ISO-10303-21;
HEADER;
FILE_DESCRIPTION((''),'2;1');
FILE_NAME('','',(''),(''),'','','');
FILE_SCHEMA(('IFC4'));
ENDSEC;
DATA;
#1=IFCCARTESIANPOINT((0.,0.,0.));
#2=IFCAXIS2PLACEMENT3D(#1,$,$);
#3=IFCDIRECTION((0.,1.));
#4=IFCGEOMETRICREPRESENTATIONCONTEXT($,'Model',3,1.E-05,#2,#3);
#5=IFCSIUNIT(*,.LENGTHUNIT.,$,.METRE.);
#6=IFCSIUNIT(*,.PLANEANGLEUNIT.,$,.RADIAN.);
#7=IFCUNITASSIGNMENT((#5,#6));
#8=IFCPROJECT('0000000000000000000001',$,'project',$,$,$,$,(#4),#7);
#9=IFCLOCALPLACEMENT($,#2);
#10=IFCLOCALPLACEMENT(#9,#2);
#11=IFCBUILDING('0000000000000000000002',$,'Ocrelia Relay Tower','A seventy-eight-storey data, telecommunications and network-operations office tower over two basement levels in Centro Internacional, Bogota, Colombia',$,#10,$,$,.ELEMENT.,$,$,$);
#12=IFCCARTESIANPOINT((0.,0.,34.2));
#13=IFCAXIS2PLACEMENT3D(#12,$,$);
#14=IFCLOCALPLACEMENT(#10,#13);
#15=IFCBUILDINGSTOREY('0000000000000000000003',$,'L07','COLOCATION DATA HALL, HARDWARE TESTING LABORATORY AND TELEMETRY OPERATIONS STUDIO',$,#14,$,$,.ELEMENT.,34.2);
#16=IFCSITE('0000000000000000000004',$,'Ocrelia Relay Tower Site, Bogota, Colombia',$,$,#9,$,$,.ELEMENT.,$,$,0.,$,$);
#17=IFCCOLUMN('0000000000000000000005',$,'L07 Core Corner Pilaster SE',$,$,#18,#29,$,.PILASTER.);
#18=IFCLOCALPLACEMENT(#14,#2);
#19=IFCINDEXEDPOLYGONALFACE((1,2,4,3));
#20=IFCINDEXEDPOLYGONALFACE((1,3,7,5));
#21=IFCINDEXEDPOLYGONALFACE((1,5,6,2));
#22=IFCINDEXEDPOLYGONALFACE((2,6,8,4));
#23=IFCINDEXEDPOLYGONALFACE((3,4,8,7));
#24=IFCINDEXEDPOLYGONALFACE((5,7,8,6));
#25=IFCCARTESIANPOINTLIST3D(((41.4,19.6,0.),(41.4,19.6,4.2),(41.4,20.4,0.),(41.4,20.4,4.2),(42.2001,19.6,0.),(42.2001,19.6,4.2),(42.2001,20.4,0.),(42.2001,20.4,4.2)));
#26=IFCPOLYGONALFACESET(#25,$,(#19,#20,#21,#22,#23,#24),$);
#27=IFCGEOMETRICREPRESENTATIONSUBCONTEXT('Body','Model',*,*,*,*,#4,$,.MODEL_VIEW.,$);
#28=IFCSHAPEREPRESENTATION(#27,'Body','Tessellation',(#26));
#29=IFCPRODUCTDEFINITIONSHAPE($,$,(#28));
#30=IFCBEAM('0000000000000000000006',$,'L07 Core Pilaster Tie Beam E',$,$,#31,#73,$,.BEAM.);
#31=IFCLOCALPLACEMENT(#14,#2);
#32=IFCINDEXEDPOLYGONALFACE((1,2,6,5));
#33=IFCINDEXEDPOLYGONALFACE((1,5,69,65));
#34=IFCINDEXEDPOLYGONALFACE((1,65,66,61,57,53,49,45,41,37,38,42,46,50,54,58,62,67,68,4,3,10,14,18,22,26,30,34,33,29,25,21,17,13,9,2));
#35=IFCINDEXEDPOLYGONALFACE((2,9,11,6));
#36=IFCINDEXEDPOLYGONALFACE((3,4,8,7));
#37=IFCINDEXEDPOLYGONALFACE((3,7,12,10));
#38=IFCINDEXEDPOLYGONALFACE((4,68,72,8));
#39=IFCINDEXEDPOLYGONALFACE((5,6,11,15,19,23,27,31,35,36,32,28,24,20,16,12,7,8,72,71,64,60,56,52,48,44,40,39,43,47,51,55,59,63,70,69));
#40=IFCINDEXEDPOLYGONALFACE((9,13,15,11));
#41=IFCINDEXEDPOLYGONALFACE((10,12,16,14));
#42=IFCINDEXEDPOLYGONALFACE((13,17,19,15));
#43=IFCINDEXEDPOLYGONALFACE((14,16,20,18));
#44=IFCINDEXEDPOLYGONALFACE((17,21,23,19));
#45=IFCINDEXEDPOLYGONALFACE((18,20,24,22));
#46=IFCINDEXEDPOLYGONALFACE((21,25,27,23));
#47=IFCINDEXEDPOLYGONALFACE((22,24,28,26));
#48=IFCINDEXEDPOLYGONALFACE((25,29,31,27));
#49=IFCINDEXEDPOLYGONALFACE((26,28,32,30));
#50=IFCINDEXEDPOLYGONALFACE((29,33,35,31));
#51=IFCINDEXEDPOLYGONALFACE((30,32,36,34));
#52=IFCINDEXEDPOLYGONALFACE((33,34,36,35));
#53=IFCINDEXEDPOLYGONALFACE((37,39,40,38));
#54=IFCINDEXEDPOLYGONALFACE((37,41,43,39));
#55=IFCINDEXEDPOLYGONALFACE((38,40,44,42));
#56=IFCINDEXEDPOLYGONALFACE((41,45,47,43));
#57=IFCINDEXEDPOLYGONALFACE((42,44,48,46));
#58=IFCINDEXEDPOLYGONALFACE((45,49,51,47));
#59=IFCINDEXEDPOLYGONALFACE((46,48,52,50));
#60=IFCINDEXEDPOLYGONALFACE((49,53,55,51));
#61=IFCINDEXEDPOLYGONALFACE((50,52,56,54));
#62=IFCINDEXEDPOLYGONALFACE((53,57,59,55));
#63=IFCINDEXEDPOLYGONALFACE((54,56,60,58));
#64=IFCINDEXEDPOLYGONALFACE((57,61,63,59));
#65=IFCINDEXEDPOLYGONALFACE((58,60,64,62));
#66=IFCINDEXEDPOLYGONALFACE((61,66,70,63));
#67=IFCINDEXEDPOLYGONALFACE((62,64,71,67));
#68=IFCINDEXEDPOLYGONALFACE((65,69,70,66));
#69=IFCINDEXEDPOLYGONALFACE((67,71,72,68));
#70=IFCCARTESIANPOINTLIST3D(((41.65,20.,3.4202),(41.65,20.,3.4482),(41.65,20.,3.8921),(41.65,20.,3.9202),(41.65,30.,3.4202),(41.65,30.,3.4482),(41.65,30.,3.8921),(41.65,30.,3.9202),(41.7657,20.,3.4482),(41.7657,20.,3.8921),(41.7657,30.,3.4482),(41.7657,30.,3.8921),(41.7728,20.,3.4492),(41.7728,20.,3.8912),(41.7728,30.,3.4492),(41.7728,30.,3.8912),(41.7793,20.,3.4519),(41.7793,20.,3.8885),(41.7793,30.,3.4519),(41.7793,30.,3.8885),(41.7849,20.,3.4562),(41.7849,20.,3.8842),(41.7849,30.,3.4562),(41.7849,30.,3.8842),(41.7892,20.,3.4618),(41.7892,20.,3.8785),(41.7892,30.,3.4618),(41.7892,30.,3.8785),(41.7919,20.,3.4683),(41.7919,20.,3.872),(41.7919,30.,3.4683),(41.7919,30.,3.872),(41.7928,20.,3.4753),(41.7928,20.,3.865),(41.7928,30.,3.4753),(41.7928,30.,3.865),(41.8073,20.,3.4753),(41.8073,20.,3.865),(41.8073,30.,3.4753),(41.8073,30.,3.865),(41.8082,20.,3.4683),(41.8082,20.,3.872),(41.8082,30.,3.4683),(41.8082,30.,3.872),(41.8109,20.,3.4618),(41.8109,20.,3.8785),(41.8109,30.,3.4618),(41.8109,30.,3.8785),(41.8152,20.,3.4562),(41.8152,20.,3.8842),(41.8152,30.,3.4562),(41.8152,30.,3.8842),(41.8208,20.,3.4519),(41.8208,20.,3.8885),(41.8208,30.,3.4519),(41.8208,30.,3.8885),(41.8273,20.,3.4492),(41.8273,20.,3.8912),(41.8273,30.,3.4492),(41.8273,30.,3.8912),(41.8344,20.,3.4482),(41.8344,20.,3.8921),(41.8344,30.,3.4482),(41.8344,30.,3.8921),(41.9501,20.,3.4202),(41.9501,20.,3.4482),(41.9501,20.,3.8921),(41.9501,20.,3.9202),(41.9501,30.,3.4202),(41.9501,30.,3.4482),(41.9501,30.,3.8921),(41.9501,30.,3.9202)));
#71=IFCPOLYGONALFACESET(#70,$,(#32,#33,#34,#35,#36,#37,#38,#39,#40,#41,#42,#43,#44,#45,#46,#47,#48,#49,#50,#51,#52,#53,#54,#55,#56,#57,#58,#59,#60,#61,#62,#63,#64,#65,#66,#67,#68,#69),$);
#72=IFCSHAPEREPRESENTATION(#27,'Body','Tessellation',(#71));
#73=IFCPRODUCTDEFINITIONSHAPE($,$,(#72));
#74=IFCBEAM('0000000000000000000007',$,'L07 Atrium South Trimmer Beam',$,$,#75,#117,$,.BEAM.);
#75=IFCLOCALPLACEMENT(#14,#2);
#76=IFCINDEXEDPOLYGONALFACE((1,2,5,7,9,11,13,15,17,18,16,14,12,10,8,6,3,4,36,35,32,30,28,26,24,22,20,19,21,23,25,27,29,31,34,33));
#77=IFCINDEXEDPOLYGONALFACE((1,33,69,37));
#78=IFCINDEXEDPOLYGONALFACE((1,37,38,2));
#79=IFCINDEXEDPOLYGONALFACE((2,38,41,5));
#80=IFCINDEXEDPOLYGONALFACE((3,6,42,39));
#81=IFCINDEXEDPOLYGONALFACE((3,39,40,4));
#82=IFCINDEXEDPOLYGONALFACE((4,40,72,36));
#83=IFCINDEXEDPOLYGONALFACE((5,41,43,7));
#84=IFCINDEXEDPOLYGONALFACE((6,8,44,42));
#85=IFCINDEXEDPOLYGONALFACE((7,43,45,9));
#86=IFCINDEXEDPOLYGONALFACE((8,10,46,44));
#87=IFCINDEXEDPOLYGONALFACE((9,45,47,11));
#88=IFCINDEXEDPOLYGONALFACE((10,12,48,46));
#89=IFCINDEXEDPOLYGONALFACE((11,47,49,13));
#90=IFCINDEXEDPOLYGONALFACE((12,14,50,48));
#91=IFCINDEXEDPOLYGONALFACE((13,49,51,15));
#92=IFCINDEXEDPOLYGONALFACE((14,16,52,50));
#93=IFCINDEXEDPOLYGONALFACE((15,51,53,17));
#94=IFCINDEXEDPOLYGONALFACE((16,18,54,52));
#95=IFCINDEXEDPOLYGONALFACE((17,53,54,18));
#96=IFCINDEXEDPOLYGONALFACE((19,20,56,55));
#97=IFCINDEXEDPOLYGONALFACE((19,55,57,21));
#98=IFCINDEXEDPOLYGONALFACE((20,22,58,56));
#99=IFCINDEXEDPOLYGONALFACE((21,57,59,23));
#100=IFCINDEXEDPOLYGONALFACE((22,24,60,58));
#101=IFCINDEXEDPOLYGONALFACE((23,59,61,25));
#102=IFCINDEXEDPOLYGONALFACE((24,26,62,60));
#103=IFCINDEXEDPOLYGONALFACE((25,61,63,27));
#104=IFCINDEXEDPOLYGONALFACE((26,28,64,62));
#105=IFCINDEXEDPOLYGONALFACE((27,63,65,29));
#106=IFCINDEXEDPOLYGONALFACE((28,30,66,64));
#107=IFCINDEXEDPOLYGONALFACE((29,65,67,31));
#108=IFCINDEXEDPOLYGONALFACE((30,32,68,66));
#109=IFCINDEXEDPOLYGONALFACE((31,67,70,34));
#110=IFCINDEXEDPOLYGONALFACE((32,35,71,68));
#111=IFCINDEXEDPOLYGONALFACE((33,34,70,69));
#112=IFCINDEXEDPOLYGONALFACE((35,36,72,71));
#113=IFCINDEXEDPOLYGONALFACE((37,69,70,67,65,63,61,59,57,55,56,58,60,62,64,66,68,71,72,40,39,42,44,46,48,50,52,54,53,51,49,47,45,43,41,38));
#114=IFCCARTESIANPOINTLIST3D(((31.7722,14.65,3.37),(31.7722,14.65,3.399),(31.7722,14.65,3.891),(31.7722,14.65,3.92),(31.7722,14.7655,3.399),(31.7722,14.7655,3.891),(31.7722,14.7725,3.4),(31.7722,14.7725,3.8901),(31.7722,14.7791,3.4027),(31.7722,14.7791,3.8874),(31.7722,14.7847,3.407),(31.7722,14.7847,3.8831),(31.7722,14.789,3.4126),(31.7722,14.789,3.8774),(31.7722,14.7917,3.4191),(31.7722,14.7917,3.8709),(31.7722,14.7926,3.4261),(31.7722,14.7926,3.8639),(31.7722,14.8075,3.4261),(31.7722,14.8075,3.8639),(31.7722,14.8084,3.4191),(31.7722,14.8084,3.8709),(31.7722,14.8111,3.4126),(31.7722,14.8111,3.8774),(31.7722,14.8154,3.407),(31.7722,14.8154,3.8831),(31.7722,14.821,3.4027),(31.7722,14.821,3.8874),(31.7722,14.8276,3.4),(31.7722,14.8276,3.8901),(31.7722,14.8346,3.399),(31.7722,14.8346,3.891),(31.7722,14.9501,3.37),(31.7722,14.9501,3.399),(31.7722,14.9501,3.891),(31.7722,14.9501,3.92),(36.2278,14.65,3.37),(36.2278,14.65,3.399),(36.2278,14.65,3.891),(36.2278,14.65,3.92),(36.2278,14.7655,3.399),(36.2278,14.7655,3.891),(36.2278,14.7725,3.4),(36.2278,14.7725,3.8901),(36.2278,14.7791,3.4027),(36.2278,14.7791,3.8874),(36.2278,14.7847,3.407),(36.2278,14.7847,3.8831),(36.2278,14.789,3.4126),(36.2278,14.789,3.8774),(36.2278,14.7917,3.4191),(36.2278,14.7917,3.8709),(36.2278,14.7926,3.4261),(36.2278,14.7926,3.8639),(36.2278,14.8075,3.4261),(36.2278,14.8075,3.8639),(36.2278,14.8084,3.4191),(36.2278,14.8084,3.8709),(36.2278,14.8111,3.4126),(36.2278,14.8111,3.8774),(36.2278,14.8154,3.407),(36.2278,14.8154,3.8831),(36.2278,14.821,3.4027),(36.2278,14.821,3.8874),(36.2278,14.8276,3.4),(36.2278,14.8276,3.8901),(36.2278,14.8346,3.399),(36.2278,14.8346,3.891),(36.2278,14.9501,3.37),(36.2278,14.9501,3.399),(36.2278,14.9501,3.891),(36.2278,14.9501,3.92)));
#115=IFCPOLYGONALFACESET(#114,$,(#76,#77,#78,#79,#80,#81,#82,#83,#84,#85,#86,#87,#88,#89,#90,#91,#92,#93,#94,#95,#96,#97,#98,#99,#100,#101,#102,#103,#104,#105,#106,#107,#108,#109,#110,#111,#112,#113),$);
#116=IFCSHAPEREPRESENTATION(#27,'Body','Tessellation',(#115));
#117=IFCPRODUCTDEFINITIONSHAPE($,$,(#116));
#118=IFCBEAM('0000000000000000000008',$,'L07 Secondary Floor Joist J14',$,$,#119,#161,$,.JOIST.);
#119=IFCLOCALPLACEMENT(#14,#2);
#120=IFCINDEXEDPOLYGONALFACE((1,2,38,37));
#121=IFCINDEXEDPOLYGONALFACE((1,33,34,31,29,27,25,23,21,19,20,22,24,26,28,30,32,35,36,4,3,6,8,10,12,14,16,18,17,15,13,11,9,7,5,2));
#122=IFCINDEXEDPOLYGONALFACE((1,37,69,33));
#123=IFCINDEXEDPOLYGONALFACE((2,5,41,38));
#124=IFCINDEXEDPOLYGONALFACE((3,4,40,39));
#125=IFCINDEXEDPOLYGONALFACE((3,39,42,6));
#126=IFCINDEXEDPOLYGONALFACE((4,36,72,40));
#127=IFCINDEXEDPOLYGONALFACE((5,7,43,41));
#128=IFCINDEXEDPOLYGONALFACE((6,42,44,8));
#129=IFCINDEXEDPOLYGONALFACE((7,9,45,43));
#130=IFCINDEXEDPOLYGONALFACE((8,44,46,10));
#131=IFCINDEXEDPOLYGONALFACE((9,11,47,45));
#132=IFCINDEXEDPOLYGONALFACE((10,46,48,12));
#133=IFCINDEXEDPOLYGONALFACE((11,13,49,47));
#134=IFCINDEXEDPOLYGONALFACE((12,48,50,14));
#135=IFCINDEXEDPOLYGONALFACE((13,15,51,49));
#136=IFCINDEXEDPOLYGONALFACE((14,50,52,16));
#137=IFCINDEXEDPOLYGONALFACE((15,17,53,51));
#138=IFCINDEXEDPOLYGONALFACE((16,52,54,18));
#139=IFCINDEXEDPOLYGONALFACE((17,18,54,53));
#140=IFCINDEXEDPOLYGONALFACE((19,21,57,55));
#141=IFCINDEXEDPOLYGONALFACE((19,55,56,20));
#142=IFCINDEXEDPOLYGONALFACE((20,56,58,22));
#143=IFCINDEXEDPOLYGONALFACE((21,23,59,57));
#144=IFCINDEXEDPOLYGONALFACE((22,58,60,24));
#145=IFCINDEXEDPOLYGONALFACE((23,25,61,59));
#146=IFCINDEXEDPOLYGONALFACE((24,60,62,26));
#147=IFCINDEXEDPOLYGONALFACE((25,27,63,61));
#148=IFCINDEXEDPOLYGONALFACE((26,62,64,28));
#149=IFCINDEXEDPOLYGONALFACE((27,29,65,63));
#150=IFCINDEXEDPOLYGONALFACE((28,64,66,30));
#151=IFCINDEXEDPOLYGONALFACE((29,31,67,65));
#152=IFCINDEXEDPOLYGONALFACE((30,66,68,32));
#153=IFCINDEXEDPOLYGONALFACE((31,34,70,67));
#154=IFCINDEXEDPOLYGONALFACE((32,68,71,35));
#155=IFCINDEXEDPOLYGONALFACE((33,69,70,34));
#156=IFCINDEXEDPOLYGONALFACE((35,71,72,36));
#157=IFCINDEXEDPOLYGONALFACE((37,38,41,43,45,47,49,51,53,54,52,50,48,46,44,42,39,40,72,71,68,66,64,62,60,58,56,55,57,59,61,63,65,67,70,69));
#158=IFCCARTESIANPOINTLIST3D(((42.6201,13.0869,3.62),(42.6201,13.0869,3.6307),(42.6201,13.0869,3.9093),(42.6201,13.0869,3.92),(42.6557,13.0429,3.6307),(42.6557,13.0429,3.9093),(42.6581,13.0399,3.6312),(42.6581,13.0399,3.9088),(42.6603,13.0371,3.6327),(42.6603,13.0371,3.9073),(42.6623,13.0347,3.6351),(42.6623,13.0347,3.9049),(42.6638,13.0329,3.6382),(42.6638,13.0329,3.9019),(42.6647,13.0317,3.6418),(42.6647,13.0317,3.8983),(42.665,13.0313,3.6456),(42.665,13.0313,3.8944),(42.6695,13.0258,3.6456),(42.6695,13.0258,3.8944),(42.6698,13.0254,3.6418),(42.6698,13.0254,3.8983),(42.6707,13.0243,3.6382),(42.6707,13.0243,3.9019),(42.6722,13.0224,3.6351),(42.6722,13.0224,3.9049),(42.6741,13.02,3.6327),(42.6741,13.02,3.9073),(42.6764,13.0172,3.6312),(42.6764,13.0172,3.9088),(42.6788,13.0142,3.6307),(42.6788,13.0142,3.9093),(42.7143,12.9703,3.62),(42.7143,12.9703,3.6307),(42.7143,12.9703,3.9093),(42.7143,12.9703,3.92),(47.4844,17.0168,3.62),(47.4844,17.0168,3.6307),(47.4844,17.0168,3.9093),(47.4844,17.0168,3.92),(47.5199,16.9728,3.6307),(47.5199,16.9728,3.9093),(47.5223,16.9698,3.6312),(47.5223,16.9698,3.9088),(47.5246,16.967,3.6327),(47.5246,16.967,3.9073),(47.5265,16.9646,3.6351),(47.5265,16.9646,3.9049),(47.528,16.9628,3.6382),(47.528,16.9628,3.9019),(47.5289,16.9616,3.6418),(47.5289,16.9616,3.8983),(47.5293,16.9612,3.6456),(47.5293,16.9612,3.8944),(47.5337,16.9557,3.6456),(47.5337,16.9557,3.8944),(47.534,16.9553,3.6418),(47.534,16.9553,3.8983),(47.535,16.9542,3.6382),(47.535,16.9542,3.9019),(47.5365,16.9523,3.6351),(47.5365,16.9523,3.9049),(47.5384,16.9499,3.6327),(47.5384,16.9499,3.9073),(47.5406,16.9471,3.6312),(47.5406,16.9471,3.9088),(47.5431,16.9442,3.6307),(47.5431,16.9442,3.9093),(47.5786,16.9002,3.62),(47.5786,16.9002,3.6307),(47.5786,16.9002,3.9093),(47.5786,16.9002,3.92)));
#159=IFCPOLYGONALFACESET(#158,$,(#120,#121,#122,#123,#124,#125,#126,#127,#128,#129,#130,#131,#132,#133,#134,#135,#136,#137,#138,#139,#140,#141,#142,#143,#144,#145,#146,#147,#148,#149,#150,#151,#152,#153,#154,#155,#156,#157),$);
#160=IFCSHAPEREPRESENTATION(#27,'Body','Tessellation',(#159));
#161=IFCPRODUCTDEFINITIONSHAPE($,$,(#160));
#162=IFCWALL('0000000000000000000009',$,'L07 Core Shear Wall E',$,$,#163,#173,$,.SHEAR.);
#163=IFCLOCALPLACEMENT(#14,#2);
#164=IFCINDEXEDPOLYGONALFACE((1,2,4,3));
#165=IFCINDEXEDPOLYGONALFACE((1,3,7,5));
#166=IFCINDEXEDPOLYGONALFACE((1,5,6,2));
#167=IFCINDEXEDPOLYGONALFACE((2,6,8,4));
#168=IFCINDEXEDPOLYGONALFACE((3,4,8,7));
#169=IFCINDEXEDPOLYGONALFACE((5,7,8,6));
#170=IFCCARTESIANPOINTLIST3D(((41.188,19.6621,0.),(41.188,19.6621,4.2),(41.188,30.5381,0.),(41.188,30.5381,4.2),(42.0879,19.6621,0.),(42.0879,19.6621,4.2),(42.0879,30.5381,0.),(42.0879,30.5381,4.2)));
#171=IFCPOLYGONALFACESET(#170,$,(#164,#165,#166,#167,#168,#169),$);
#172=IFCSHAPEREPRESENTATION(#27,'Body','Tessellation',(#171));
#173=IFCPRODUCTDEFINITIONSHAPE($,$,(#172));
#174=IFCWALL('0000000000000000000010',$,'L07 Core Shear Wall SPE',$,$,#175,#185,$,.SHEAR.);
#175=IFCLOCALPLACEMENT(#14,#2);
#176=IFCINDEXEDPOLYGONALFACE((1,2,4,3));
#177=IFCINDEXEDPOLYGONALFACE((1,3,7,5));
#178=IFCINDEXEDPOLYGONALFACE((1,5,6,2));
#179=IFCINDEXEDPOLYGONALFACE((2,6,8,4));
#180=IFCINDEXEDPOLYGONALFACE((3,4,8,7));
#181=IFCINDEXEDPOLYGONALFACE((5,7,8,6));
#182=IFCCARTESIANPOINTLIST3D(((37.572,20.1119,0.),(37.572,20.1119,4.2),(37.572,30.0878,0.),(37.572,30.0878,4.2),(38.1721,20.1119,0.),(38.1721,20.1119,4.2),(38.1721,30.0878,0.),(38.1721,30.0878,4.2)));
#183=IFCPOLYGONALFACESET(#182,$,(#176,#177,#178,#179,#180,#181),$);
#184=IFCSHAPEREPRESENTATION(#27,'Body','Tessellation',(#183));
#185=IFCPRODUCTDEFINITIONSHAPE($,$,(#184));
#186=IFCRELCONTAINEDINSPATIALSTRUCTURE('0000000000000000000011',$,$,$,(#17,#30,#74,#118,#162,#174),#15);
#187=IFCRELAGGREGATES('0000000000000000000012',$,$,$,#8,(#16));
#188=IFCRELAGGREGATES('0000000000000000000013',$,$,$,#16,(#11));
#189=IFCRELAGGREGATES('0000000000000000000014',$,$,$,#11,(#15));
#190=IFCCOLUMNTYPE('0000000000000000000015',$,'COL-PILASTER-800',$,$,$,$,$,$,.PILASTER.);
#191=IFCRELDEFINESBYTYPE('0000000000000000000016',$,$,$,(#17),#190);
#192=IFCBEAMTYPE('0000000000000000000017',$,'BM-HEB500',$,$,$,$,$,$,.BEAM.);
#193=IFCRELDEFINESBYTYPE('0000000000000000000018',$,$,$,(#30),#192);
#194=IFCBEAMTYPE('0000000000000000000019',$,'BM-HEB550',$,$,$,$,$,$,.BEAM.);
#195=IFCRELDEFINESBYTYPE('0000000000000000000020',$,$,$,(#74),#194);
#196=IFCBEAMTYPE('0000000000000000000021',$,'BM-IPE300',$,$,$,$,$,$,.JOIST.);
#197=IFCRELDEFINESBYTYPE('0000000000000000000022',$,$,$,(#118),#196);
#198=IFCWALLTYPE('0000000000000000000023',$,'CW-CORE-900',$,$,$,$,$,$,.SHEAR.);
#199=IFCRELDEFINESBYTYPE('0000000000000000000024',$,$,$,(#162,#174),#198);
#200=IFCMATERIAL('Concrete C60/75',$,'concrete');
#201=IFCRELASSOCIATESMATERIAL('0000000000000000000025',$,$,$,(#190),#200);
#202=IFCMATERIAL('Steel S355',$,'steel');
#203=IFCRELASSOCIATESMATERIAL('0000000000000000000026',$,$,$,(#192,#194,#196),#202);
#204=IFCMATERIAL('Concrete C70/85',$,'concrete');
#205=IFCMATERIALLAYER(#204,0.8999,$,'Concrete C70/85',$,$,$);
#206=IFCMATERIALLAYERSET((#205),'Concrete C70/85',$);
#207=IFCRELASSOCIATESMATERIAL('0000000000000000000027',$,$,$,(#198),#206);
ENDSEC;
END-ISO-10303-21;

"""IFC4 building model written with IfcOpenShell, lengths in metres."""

from ifc_helpers import new_model, si_unit, direction, frame, frame_2d, origin, origin_2d, place, context, subcontext, project, spatial, rectangle, i_section, extrude, material, layer, layer_set, material_profile, profile_set, type_object, element, save


model = new_model("IFC4")

# Units and contexts
model_context = context("Model", 3, precision=1e-05, world=origin(), true_north=direction((0.0, 1.0)))
body_context = subcontext(model_context, "Body", "Model", "MODEL_VIEW")
ifc_project = project(units=[si_unit("LENGTHUNIT", "METRE"), si_unit("PLANEANGLEUNIT", "RADIAN")], contexts=[model_context])

# Site, building, storey
site_placement = place(None, origin())
site = spatial("IfcSite", under=ifc_project, at=site_placement, Name="Ocrelia Relay Tower Site, Bogota, Colombia", CompositionType="ELEMENT", RefElevation=0.0)
building_placement = place(site_placement, origin())
building = spatial("IfcBuilding", under=site, at=building_placement, Name="Ocrelia Relay Tower", Description="A seventy-eight-storey data, telecommunications and network-operations office tower over two basement levels in Centro Internacional, Bogota, Colombia", CompositionType="ELEMENT")
storey_placement = place(building_placement, frame((0.0, 0.0, 34.2)))
storey = spatial("IfcBuildingStorey", under=building, at=storey_placement, Name="L07", Description="COLOCATION DATA HALL, HARDWARE TESTING LABORATORY AND TELEMETRY OPERATIONS STUDIO", CompositionType="ELEMENT", Elevation=34.2)

# Column
ifc_material_1 = material(Name="Concrete C60/75", Category="concrete")
ifc_material_profile_1 = material_profile(ifc_material_1, rectangle(XDim=0.8, YDim=0.8, at=origin_2d()), Name="RC-COL-800x800")
ifc_profile_set_1 = profile_set([ifc_material_profile_1], Name="Concrete C60/75")
column_type = type_object("IfcColumnType", Name="COL-PILASTER-800", PredefinedType="PILASTER", material=ifc_profile_set_1)
column_placement = place(storey_placement, frame((41.8, 20.0, 0.0), z_axis=(0.0, 0.0, 1.0), x_axis=(1.0, 0.0, 0.0)))
element("IfcColumn", 1, at=column_placement, inside=storey, type_object=column_type, Name="L07 Core Corner Pilaster SE", PredefinedType="PILASTER", context=body_context, shape_type="SweptSolid", body=[
    extrude(rectangle(XDim=0.8, YDim=0.8, at=origin_2d()), origin(), (0.0, 0.0, 1.0), 4.2),
])

# Beams
ifc_material_2 = material(Name="Steel S355", Category="steel")
ifc_material_profile_2 = material_profile(ifc_material_2, i_section(OverallWidth=0.3, OverallDepth=0.5, WebThickness=0.0144, FlangeThickness=0.0281, FilletRadius=0.0271, at=origin_2d()), Name="HEB 500")
ifc_profile_set_2 = profile_set([ifc_material_profile_2], Name="Steel S355")
beam_type_1 = type_object("IfcBeamType", Name="BM-HEB500", PredefinedType="BEAM", material=ifc_profile_set_2)
beam_1_placement = place(storey_placement, frame((41.8, 20.0, 3.6702), z_axis=(0.0, 1.0, 0.0), x_axis=(-1.0, 0.0, 0.0)))
element("IfcBeam", 2, at=beam_1_placement, inside=storey, type_object=beam_type_1, Name="L07 Core Pilaster Tie Beam E", PredefinedType="BEAM", context=body_context, shape_type="SweptSolid", body=[
    extrude(i_section(OverallWidth=0.3, OverallDepth=0.5, WebThickness=0.0144, FlangeThickness=0.0281, FilletRadius=0.0271, at=origin_2d()), origin(), (0.0, 0.0, 1.0), 10.0),
])
ifc_material_profile_3 = material_profile(ifc_material_2, i_section(OverallWidth=0.3, OverallDepth=0.55, WebThickness=0.0149, FlangeThickness=0.0291, FilletRadius=0.0271, at=origin_2d()), Name="HEB 550")
ifc_profile_set_3 = profile_set([ifc_material_profile_3], Name="Steel S355")
beam_type_2 = type_object("IfcBeamType", Name="BM-HEB550", PredefinedType="BEAM", material=ifc_profile_set_3)
beam_2_placement = place(storey_placement, frame((31.7722, 14.8, 3.645), z_axis=(1.0, 0.0, 0.0), x_axis=(0.0, 1.0, 0.0)))
element("IfcBeam", 3, at=beam_2_placement, inside=storey, type_object=beam_type_2, Name="L07 Atrium South Trimmer Beam", PredefinedType="BEAM", context=body_context, shape_type="SweptSolid", body=[
    extrude(i_section(OverallWidth=0.3, OverallDepth=0.55, WebThickness=0.0149, FlangeThickness=0.0291, FilletRadius=0.0271, at=origin_2d()), origin(), (0.0, 0.0, 1.0), 4.4556),
])
ifc_material_profile_4 = material_profile(ifc_material_2, i_section(OverallWidth=0.1499, OverallDepth=0.3, WebThickness=0.0071, FlangeThickness=0.0107, FilletRadius=0.0149, at=origin_2d()), Name="IPE 300")
ifc_profile_set_4 = profile_set([ifc_material_profile_4], Name="Steel S355")
beam_type_3 = type_object("IfcBeamType", Name="BM-IPE300", PredefinedType="JOIST", material=ifc_profile_set_4)
beam_3_placement = place(storey_placement, frame((42.6672, 13.0286, 3.77), z_axis=(0.777855, 0.628444, 0.0), x_axis=(-0.628444, 0.777855, 0.0)))
element("IfcBeam", 4, at=beam_3_placement, inside=storey, type_object=beam_type_3, Name="L07 Secondary Floor Joist J14", PredefinedType="JOIST", context=body_context, shape_type="SweptSolid", body=[
    extrude(i_section(OverallWidth=0.1499, OverallDepth=0.3, WebThickness=0.0071, FlangeThickness=0.0107, FilletRadius=0.0149, at=origin_2d()), origin(), (0.0, 0.0, 1.0), 6.2534),
])

# Walls
ifc_material_3 = material(Name="Concrete C70/85", Category="concrete")
ifc_layer_1 = layer(ifc_material_3, 0.8999, Name="Concrete C70/85")
ifc_layer_set_1 = layer_set([ifc_layer_1], Name="Concrete C70/85")
wall_type_1 = type_object("IfcWallType", Name="CW-CORE-900", PredefinedType="SHEAR", material=ifc_layer_set_1)
wall_1_placement = place(storey_placement, frame((41.6379, 19.6621, 0.0), z_axis=(0.0, 0.0, 1.0), x_axis=(0.0, 1.0, 0.0)))
element("IfcWall", 5, at=wall_1_placement, inside=storey, type_object=wall_type_1, Name="L07 Core Shear Wall E", PredefinedType="SHEAR", context=body_context, shape_type="SweptSolid", body=[
    extrude(rectangle(XDim=10.876, YDim=0.8999, at=frame_2d((5.438, 0.0))), origin(), (0.0, 0.0, 1.0), 4.2),
])
wall_2_placement = place(storey_placement, frame((37.8721, 20.1121, 0.0), z_axis=(0.0, 0.0, 1.0), x_axis=(0.0, 1.0, 0.0)))
element("IfcWall", 6, at=wall_2_placement, inside=storey, type_object=wall_type_1, Name="L07 Core Shear Wall SPE", PredefinedType="SHEAR", context=body_context, shape_type="SweptSolid", body=[
    extrude(rectangle(XDim=9.9758, YDim=0.6001, at=frame_2d((4.9878, 0.0))), origin(), (0.0, 0.0, 1.0), 4.2),
])

save(model, "model.ifc")
